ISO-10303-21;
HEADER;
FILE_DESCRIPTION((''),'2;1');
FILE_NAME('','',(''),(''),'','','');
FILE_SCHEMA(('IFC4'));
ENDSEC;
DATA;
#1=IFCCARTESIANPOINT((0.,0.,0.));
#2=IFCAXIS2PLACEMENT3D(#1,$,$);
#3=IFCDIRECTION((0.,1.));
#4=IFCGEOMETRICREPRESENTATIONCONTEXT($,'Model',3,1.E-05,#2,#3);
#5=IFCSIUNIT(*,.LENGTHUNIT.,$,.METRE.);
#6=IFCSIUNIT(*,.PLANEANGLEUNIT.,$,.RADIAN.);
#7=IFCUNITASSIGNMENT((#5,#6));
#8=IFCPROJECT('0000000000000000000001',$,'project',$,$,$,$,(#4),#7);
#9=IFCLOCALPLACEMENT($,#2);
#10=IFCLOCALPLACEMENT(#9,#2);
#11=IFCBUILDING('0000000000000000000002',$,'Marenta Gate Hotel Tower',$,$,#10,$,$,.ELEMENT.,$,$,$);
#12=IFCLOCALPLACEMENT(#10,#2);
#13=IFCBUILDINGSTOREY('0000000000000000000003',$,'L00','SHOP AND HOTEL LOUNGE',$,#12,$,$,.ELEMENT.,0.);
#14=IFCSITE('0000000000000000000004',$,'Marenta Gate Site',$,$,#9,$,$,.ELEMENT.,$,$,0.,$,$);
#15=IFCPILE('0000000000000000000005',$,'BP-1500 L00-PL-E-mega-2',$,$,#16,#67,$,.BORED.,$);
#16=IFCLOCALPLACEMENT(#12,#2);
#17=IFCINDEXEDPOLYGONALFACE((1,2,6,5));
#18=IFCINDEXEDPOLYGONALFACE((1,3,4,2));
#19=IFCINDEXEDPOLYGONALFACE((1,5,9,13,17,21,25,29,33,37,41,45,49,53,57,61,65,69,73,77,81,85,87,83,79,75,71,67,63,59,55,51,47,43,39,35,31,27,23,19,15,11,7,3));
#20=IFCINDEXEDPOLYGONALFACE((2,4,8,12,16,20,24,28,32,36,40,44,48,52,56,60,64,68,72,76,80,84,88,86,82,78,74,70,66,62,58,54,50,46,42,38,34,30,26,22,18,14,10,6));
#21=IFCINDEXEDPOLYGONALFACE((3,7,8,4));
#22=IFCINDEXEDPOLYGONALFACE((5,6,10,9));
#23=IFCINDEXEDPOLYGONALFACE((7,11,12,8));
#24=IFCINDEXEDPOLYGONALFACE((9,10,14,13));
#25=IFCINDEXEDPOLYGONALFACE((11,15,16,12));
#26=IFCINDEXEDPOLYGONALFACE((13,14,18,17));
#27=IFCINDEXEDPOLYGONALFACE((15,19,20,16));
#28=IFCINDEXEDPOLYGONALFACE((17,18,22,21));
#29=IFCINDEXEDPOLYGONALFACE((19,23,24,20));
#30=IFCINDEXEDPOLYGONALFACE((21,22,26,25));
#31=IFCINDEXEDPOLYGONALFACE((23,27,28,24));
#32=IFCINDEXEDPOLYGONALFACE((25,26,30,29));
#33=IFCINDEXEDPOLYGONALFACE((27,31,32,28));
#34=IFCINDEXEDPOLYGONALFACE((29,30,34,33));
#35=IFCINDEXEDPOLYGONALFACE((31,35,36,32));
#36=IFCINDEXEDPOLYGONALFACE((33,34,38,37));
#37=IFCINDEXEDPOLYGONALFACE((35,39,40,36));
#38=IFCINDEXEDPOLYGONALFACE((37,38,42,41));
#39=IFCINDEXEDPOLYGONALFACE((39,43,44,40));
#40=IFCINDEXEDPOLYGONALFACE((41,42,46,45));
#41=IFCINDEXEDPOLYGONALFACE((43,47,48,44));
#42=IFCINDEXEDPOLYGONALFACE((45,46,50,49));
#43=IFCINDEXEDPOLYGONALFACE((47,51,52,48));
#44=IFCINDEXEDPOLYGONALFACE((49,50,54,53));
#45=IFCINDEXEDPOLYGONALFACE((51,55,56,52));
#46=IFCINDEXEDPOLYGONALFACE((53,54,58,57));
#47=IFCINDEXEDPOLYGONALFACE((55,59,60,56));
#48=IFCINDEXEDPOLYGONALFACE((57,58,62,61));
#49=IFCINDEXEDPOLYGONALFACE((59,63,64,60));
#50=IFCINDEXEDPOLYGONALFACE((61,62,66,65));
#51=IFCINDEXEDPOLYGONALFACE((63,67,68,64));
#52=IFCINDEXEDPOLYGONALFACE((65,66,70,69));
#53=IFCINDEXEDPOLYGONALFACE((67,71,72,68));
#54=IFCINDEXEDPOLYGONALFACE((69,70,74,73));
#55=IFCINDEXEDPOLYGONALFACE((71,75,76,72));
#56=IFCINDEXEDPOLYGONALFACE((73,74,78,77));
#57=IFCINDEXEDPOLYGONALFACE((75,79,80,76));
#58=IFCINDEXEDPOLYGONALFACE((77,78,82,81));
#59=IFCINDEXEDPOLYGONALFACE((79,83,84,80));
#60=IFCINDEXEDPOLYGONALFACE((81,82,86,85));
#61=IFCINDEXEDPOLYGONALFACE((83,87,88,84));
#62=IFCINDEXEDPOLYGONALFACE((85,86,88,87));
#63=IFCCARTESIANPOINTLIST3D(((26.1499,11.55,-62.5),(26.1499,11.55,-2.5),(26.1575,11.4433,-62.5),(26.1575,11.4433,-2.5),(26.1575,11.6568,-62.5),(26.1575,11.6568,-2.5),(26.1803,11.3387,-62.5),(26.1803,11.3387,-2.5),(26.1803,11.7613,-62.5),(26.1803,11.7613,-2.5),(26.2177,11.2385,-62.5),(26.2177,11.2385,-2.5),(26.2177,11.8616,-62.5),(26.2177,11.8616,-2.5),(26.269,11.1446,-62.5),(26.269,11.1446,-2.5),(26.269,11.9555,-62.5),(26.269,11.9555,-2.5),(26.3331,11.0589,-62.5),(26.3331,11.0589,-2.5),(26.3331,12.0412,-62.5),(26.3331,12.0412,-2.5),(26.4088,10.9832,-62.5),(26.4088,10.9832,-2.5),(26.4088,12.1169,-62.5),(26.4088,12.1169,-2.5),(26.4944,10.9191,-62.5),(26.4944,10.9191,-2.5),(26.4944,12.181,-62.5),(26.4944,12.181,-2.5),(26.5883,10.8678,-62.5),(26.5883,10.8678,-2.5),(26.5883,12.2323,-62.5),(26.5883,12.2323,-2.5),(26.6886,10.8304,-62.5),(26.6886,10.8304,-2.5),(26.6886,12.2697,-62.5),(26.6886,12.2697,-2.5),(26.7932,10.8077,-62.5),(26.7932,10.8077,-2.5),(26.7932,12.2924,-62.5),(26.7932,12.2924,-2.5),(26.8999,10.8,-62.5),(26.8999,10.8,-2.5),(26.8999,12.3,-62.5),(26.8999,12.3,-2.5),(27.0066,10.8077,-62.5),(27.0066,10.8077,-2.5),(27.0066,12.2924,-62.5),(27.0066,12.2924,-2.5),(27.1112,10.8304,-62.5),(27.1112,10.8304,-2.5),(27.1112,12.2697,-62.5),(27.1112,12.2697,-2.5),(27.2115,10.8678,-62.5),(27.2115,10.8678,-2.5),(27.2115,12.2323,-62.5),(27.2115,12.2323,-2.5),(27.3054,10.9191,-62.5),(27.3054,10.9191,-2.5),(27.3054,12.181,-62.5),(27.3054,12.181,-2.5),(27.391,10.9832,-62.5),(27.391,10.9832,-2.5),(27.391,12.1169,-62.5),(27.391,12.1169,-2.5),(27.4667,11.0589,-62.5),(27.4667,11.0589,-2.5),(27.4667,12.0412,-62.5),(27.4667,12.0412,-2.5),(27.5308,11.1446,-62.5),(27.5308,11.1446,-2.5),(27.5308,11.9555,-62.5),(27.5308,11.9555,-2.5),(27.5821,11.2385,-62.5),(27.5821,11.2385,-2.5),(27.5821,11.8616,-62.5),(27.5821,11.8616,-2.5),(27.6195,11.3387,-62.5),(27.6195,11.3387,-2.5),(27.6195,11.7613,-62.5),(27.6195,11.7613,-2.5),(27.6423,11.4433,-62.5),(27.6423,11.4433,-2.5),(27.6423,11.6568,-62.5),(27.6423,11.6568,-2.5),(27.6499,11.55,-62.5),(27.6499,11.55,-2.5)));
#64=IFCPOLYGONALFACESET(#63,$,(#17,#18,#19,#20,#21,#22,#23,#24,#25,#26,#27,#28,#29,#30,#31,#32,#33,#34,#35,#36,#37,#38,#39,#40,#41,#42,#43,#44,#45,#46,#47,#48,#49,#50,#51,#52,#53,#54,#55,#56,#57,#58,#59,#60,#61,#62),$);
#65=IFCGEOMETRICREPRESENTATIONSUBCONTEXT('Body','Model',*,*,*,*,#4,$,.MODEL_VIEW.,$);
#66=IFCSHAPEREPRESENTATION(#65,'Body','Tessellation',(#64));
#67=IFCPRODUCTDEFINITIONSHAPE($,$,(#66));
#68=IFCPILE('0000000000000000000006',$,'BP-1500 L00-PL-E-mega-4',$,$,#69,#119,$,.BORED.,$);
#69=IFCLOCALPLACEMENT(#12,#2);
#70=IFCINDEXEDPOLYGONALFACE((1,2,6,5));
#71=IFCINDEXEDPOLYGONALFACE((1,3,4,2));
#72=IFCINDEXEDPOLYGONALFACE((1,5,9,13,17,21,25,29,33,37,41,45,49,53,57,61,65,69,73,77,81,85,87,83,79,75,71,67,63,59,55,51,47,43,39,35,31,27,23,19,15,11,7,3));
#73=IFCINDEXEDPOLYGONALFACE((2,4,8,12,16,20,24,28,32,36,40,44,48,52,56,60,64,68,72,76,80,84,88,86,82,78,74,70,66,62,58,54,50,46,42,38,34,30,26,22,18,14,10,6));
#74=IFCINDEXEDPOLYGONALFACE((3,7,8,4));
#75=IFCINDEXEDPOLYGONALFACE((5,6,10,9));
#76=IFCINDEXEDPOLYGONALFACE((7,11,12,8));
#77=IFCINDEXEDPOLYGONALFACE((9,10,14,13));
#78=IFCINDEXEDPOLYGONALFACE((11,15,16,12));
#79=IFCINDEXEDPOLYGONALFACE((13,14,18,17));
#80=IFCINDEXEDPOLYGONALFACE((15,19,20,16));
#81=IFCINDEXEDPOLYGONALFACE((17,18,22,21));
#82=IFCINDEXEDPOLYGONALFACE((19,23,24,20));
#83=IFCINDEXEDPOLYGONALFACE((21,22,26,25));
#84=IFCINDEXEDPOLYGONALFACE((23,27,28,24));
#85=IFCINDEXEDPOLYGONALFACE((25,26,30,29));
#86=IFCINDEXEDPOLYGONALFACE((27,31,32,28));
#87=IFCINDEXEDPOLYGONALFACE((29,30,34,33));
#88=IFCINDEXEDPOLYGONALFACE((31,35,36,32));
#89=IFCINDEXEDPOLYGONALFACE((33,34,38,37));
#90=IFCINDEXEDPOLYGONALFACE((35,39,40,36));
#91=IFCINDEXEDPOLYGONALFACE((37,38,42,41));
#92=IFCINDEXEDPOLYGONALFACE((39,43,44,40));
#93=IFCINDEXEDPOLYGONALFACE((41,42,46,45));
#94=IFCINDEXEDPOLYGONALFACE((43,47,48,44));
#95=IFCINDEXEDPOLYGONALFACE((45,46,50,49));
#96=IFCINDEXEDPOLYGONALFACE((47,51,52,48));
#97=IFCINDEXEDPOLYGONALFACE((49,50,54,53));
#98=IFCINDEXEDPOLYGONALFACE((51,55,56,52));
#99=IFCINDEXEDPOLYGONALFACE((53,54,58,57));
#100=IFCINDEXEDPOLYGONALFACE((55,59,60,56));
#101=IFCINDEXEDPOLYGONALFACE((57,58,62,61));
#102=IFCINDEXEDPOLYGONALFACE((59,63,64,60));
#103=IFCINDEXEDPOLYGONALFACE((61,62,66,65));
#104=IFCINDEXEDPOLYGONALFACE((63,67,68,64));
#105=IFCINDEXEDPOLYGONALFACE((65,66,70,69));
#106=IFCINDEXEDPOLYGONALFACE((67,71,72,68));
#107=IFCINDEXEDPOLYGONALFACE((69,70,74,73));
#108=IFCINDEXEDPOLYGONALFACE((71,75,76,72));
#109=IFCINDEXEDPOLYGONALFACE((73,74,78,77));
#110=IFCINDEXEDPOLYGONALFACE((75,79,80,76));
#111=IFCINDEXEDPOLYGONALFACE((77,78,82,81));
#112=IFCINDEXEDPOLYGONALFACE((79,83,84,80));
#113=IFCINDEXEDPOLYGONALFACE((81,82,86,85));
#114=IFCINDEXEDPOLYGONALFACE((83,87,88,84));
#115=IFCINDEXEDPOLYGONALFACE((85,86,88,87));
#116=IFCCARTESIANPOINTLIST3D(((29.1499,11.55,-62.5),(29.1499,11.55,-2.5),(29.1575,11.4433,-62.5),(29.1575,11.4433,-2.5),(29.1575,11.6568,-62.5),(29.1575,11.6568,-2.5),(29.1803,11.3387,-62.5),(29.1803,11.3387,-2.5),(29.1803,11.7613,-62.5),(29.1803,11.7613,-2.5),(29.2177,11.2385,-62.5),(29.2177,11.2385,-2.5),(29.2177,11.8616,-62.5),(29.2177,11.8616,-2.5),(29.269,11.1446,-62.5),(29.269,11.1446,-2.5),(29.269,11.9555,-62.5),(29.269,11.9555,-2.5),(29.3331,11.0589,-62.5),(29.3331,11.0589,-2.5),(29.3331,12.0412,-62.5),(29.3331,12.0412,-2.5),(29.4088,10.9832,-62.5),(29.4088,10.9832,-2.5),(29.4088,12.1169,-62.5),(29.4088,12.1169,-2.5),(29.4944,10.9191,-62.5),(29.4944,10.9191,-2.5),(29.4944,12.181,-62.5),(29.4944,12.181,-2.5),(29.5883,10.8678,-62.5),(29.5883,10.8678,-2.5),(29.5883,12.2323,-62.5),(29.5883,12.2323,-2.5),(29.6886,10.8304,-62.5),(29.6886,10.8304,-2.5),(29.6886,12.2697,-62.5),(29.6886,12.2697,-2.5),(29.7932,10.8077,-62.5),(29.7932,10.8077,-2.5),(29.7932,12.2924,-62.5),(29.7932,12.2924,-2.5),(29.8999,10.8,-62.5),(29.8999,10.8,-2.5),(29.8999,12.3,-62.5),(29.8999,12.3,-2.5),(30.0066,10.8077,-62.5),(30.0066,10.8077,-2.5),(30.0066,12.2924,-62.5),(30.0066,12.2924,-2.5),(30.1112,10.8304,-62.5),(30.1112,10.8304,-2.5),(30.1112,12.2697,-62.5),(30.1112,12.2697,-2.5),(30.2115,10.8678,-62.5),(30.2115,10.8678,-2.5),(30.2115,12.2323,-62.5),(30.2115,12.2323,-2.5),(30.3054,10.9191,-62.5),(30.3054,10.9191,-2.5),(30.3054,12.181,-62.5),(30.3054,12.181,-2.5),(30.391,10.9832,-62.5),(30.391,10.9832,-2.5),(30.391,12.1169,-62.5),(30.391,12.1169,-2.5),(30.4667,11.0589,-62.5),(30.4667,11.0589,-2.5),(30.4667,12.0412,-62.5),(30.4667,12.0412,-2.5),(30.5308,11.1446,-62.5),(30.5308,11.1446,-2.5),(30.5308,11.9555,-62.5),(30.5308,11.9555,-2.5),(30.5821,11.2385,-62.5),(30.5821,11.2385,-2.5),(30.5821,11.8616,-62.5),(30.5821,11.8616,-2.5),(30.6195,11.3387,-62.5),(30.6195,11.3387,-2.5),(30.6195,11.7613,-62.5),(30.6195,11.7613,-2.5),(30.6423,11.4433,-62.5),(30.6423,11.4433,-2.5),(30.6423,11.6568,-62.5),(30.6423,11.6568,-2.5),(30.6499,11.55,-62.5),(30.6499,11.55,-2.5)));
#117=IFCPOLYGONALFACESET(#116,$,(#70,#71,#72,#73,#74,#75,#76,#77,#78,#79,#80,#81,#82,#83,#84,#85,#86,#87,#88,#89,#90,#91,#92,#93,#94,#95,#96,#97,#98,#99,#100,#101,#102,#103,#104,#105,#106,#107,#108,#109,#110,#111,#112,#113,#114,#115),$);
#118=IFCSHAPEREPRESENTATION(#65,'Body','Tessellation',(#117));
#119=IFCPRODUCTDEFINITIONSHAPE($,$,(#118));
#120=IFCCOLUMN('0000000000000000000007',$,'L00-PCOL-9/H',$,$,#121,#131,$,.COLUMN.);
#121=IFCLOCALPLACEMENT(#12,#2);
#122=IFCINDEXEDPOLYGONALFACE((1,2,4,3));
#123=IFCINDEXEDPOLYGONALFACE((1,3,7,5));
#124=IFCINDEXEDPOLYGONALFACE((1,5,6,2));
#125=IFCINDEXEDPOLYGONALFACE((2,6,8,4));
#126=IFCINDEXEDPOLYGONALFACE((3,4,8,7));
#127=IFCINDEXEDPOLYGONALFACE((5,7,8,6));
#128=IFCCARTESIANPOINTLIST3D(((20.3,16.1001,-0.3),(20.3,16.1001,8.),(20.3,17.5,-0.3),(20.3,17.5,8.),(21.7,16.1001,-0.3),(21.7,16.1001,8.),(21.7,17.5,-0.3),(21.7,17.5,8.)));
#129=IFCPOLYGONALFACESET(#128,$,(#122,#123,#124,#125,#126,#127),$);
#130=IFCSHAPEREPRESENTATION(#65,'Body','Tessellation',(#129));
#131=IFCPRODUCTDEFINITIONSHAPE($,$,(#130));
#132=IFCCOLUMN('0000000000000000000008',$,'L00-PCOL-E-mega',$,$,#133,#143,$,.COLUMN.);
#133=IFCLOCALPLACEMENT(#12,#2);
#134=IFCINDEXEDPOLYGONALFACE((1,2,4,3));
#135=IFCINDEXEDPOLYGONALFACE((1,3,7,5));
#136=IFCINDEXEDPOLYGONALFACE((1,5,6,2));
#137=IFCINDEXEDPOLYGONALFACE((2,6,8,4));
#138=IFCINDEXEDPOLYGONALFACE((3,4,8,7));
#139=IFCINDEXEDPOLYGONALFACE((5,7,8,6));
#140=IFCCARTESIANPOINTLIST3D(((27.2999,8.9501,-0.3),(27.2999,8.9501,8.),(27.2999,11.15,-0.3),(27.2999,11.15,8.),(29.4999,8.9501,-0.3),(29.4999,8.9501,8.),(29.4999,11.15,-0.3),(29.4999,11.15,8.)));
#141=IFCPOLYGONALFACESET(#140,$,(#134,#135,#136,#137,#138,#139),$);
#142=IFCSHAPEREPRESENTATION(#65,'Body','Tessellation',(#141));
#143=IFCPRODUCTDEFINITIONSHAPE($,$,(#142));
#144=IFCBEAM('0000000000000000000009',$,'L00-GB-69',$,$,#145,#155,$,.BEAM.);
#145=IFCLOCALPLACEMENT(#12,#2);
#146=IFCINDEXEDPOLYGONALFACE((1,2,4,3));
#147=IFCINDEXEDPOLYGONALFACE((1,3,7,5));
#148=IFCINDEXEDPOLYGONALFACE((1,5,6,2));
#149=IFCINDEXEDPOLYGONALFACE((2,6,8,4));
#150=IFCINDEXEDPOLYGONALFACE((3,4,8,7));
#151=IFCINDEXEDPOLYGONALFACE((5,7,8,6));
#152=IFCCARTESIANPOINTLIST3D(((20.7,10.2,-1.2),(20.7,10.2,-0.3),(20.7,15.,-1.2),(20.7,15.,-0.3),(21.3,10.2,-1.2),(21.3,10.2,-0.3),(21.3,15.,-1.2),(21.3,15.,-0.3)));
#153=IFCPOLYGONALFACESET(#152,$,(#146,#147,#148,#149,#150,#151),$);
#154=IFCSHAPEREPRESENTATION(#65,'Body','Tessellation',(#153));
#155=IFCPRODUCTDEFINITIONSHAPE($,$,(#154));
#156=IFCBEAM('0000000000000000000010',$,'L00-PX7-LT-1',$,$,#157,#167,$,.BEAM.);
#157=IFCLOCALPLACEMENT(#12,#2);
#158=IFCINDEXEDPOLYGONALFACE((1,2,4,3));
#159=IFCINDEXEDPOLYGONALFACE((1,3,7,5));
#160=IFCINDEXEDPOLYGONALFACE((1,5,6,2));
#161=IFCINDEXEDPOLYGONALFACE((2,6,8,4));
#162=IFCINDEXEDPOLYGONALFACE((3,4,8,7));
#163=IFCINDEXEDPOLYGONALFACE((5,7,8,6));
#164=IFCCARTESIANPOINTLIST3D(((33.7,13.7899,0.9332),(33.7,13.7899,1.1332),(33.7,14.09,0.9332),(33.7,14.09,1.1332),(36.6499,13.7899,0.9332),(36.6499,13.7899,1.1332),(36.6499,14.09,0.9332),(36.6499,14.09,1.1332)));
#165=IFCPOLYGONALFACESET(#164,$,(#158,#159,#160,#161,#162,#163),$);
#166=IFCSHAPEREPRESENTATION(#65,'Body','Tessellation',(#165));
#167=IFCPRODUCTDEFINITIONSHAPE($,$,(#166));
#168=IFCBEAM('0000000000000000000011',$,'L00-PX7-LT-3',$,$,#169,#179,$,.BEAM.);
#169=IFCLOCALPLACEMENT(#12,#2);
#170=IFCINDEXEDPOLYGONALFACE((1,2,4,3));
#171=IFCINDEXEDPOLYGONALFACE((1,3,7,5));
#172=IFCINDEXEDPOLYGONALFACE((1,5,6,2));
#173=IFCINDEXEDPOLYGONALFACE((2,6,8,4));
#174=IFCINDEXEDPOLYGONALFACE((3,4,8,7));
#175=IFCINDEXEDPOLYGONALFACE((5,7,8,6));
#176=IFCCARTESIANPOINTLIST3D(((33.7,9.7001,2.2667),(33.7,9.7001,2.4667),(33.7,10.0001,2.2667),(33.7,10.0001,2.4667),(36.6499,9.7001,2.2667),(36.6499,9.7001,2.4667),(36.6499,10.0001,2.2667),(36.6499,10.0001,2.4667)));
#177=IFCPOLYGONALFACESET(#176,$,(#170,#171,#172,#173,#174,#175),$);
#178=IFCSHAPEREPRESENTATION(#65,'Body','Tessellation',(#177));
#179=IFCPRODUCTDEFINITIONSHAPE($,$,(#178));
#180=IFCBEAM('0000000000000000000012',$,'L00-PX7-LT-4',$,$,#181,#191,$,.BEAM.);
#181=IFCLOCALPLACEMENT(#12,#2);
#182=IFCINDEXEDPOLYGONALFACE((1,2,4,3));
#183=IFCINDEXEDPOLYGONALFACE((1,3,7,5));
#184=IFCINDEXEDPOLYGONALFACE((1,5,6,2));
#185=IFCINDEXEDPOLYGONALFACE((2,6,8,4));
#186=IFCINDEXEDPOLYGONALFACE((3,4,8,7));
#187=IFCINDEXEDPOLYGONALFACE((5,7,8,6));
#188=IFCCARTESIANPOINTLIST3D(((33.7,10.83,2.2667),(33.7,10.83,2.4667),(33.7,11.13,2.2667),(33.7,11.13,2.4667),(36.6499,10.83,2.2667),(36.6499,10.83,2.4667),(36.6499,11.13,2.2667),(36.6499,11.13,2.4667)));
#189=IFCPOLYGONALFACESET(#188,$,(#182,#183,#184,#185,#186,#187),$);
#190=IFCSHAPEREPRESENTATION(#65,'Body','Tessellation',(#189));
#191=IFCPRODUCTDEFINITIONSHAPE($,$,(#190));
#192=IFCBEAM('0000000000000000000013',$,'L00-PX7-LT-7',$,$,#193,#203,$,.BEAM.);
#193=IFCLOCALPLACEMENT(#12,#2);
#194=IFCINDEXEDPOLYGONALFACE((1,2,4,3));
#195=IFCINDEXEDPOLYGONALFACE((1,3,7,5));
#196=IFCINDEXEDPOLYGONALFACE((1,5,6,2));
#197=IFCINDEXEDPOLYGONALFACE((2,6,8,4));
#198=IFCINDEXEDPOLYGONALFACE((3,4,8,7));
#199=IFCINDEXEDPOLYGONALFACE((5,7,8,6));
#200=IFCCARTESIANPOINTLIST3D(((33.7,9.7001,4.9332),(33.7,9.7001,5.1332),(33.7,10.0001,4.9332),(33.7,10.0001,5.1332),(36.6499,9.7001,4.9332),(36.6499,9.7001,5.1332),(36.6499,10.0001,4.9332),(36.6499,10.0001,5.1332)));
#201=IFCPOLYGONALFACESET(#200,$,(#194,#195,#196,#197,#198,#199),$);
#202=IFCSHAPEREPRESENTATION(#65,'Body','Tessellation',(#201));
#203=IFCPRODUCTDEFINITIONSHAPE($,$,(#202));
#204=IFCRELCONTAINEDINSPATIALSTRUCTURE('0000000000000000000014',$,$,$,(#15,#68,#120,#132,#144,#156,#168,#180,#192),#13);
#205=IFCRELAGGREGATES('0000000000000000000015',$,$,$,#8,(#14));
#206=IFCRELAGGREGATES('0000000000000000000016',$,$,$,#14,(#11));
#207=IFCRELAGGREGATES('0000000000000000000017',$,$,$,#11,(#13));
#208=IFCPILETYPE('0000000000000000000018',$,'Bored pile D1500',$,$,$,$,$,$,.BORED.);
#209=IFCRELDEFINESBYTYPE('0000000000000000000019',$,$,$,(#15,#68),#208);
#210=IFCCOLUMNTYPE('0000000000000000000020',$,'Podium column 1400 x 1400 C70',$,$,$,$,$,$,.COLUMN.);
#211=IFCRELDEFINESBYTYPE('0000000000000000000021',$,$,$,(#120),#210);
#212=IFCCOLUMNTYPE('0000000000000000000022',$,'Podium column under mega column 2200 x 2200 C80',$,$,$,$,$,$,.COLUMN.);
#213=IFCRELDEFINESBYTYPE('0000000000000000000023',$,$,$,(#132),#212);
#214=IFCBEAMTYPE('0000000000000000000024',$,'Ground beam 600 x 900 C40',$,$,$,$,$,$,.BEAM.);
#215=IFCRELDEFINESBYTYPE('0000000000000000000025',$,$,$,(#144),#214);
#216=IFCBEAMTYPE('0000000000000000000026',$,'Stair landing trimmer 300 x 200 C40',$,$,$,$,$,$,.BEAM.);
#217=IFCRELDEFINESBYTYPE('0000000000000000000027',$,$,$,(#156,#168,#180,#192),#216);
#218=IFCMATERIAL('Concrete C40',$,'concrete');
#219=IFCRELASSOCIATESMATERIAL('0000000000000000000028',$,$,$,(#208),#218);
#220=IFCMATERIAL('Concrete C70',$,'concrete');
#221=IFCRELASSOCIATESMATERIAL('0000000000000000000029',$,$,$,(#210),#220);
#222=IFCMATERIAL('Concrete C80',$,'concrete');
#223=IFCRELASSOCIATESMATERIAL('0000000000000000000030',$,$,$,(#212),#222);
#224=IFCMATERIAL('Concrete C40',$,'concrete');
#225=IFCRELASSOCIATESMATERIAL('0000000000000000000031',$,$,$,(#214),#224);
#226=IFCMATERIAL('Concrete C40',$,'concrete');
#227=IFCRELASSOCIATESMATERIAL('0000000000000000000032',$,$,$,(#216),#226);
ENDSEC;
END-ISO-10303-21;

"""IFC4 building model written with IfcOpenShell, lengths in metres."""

from ifc_helpers import new_model, si_unit, direction, frame, origin, origin_2d, place, context, subcontext, project, spatial, rectangle, circle, extrude, material, material_profile, profile_set, type_object, element, save


model = new_model("IFC4")

# Units and contexts
model_context = context("Model", 3, precision=1e-05, world=origin(), true_north=direction((0.0, 1.0)))
body_context = subcontext(model_context, "Body", "Model", "MODEL_VIEW")
ifc_project = project(units=[si_unit("LENGTHUNIT", "METRE"), si_unit("PLANEANGLEUNIT", "RADIAN")], contexts=[model_context])

# Site, building, storey
site_placement = place(None, origin())
site = spatial("IfcSite", under=ifc_project, at=site_placement, Name="Marenta Gate Site", CompositionType="ELEMENT", RefElevation=0.0)
building_placement = place(site_placement, origin())
building = spatial("IfcBuilding", under=site, at=building_placement, Name="Marenta Gate Hotel Tower", CompositionType="ELEMENT")
storey_placement = place(building_placement, origin())
storey = spatial("IfcBuildingStorey", under=building, at=storey_placement, Name="L00", Description="SHOP AND HOTEL LOUNGE", CompositionType="ELEMENT", Elevation=0.0)

# Piles
ifc_material_1 = material(Name="Concrete C40", Category="concrete")
pile_type = type_object("IfcPileType", Name="Bored pile D1500", PredefinedType="BORED", material=ifc_material_1)
for number, where, z_axis, x_axis, name in (
    (1, (26.8999, 11.55, -2.5), (0.0, 0.0, -1.0), (1.0, 0.0, 0.0), "BP-1500 L00-PL-E-mega-2"),
    (2, (29.8999, 11.55, -2.5), (0.0, 0.0, -1.0), (1.0, 0.0, 0.0), "BP-1500 L00-PL-E-mega-4"),
):
    element("IfcPile", number, at=place(storey_placement, frame(where, z_axis=z_axis, x_axis=x_axis)), inside=storey, type_object=pile_type, Name=name, PredefinedType="BORED", context=body_context, shape_type="SweptSolid", body=[
        extrude(circle(Radius=0.75, at=origin_2d()), origin(), (0.0, 0.0, 1.0), 60.0),
    ])

# Columns
ifc_material_2 = material(Name="Concrete C70", Category="concrete")
ifc_material_profile_1 = material_profile(ifc_material_2, rectangle(XDim=1.3999, YDim=1.3999, at=origin_2d()), Name="1400 x 1400")
ifc_profile_set_1 = profile_set([ifc_material_profile_1], Name="Concrete C70")
column_type_1 = type_object("IfcColumnType", Name="Podium column 1400 x 1400 C70", PredefinedType="COLUMN", material=ifc_profile_set_1)
column_1_placement = place(storey_placement, frame((21.0, 16.8, -0.3), z_axis=(0.0, 0.0, 1.0), x_axis=(1.0, 0.0, 0.0)))
element("IfcColumn", 3, at=column_1_placement, inside=storey, type_object=column_type_1, Name="L00-PCOL-9/H", PredefinedType="COLUMN", context=body_context, shape_type="SweptSolid", body=[
    extrude(rectangle(XDim=1.3999, YDim=1.3999, at=origin_2d()), origin(), (0.0, 0.0, 1.0), 8.3),
])
ifc_material_3 = material(Name="Concrete C80", Category="concrete")
ifc_material_profile_2 = material_profile(ifc_material_3, rectangle(XDim=2.2, YDim=2.2, at=origin_2d()), Name="2200 x 2200")
ifc_profile_set_2 = profile_set([ifc_material_profile_2], Name="Concrete C80")
column_type_2 = type_object("IfcColumnType", Name="Podium column under mega column 2200 x 2200 C80", PredefinedType="COLUMN", material=ifc_profile_set_2)
column_2_placement = place(storey_placement, frame((28.3999, 10.05, -0.3), z_axis=(0.0, 0.0, 1.0), x_axis=(1.0, 0.0, 0.0)))
element("IfcColumn", 4, at=column_2_placement, inside=storey, type_object=column_type_2, Name="L00-PCOL-E-mega", PredefinedType="COLUMN", context=body_context, shape_type="SweptSolid", body=[
    extrude(rectangle(XDim=2.2, YDim=2.2, at=origin_2d()), origin(), (0.0, 0.0, 1.0), 8.3),
])

# Beams
ifc_material_4 = material(Name="Concrete C40", Category="concrete")
ifc_material_profile_3 = material_profile(ifc_material_4, rectangle(XDim=0.6001, YDim=0.8999, at=origin_2d()), Name="600 x 900")
ifc_profile_set_3 = profile_set([ifc_material_profile_3], Name="Concrete C40")
beam_type_1 = type_object("IfcBeamType", Name="Ground beam 600 x 900 C40", PredefinedType="BEAM", material=ifc_profile_set_3)
beam_placement = place(storey_placement, frame((21.0, 10.2, -0.75), z_axis=(0.0, 1.0, 0.0), x_axis=(-1.0, 0.0, 0.0)))
element("IfcBeam", 5, at=beam_placement, inside=storey, type_object=beam_type_1, Name="L00-GB-69", PredefinedType="BEAM", context=body_context, shape_type="SweptSolid", body=[
    extrude(rectangle(XDim=0.6001, YDim=0.8999, at=origin_2d()), origin(), (0.0, 0.0, 1.0), 4.8),
])
ifc_material_5 = material(Name="Concrete C40", Category="concrete")
ifc_material_profile_4 = material_profile(ifc_material_5, rectangle(XDim=0.3, YDim=0.2, at=origin_2d()), Name="300 x 200")
ifc_profile_set_4 = profile_set([ifc_material_profile_4], Name="Concrete C40")
beam_type_2 = type_object("IfcBeamType", Name="Stair landing trimmer 300 x 200 C40", PredefinedType="BEAM", material=ifc_profile_set_4)
for number, where, z_axis, x_axis, name in (
    (6, (33.7, 13.9399, 1.0332), (1.0, 0.0, 0.0), (0.0, 1.0, 0.0), "L00-PX7-LT-1"),
    (7, (33.7, 9.8501, 2.3667), (1.0, 0.0, 0.0), (0.0, 1.0, 0.0), "L00-PX7-LT-3"),
    (8, (33.7, 10.98, 2.3667), (1.0, 0.0, 0.0), (0.0, 1.0, 0.0), "L00-PX7-LT-4"),
    (9, (33.7, 9.8501, 5.0332), (1.0, 0.0, 0.0), (0.0, 1.0, 0.0), "L00-PX7-LT-7"),
):
    element("IfcBeam", number, at=place(storey_placement, frame(where, z_axis=z_axis, x_axis=x_axis)), inside=storey, type_object=beam_type_2, Name=name, PredefinedType="BEAM", context=body_context, shape_type="SweptSolid", body=[
        extrude(rectangle(XDim=0.3, YDim=0.2, at=origin_2d()), origin(), (0.0, 0.0, 1.0), 2.95),
    ])

save(model, "model.ifc")
